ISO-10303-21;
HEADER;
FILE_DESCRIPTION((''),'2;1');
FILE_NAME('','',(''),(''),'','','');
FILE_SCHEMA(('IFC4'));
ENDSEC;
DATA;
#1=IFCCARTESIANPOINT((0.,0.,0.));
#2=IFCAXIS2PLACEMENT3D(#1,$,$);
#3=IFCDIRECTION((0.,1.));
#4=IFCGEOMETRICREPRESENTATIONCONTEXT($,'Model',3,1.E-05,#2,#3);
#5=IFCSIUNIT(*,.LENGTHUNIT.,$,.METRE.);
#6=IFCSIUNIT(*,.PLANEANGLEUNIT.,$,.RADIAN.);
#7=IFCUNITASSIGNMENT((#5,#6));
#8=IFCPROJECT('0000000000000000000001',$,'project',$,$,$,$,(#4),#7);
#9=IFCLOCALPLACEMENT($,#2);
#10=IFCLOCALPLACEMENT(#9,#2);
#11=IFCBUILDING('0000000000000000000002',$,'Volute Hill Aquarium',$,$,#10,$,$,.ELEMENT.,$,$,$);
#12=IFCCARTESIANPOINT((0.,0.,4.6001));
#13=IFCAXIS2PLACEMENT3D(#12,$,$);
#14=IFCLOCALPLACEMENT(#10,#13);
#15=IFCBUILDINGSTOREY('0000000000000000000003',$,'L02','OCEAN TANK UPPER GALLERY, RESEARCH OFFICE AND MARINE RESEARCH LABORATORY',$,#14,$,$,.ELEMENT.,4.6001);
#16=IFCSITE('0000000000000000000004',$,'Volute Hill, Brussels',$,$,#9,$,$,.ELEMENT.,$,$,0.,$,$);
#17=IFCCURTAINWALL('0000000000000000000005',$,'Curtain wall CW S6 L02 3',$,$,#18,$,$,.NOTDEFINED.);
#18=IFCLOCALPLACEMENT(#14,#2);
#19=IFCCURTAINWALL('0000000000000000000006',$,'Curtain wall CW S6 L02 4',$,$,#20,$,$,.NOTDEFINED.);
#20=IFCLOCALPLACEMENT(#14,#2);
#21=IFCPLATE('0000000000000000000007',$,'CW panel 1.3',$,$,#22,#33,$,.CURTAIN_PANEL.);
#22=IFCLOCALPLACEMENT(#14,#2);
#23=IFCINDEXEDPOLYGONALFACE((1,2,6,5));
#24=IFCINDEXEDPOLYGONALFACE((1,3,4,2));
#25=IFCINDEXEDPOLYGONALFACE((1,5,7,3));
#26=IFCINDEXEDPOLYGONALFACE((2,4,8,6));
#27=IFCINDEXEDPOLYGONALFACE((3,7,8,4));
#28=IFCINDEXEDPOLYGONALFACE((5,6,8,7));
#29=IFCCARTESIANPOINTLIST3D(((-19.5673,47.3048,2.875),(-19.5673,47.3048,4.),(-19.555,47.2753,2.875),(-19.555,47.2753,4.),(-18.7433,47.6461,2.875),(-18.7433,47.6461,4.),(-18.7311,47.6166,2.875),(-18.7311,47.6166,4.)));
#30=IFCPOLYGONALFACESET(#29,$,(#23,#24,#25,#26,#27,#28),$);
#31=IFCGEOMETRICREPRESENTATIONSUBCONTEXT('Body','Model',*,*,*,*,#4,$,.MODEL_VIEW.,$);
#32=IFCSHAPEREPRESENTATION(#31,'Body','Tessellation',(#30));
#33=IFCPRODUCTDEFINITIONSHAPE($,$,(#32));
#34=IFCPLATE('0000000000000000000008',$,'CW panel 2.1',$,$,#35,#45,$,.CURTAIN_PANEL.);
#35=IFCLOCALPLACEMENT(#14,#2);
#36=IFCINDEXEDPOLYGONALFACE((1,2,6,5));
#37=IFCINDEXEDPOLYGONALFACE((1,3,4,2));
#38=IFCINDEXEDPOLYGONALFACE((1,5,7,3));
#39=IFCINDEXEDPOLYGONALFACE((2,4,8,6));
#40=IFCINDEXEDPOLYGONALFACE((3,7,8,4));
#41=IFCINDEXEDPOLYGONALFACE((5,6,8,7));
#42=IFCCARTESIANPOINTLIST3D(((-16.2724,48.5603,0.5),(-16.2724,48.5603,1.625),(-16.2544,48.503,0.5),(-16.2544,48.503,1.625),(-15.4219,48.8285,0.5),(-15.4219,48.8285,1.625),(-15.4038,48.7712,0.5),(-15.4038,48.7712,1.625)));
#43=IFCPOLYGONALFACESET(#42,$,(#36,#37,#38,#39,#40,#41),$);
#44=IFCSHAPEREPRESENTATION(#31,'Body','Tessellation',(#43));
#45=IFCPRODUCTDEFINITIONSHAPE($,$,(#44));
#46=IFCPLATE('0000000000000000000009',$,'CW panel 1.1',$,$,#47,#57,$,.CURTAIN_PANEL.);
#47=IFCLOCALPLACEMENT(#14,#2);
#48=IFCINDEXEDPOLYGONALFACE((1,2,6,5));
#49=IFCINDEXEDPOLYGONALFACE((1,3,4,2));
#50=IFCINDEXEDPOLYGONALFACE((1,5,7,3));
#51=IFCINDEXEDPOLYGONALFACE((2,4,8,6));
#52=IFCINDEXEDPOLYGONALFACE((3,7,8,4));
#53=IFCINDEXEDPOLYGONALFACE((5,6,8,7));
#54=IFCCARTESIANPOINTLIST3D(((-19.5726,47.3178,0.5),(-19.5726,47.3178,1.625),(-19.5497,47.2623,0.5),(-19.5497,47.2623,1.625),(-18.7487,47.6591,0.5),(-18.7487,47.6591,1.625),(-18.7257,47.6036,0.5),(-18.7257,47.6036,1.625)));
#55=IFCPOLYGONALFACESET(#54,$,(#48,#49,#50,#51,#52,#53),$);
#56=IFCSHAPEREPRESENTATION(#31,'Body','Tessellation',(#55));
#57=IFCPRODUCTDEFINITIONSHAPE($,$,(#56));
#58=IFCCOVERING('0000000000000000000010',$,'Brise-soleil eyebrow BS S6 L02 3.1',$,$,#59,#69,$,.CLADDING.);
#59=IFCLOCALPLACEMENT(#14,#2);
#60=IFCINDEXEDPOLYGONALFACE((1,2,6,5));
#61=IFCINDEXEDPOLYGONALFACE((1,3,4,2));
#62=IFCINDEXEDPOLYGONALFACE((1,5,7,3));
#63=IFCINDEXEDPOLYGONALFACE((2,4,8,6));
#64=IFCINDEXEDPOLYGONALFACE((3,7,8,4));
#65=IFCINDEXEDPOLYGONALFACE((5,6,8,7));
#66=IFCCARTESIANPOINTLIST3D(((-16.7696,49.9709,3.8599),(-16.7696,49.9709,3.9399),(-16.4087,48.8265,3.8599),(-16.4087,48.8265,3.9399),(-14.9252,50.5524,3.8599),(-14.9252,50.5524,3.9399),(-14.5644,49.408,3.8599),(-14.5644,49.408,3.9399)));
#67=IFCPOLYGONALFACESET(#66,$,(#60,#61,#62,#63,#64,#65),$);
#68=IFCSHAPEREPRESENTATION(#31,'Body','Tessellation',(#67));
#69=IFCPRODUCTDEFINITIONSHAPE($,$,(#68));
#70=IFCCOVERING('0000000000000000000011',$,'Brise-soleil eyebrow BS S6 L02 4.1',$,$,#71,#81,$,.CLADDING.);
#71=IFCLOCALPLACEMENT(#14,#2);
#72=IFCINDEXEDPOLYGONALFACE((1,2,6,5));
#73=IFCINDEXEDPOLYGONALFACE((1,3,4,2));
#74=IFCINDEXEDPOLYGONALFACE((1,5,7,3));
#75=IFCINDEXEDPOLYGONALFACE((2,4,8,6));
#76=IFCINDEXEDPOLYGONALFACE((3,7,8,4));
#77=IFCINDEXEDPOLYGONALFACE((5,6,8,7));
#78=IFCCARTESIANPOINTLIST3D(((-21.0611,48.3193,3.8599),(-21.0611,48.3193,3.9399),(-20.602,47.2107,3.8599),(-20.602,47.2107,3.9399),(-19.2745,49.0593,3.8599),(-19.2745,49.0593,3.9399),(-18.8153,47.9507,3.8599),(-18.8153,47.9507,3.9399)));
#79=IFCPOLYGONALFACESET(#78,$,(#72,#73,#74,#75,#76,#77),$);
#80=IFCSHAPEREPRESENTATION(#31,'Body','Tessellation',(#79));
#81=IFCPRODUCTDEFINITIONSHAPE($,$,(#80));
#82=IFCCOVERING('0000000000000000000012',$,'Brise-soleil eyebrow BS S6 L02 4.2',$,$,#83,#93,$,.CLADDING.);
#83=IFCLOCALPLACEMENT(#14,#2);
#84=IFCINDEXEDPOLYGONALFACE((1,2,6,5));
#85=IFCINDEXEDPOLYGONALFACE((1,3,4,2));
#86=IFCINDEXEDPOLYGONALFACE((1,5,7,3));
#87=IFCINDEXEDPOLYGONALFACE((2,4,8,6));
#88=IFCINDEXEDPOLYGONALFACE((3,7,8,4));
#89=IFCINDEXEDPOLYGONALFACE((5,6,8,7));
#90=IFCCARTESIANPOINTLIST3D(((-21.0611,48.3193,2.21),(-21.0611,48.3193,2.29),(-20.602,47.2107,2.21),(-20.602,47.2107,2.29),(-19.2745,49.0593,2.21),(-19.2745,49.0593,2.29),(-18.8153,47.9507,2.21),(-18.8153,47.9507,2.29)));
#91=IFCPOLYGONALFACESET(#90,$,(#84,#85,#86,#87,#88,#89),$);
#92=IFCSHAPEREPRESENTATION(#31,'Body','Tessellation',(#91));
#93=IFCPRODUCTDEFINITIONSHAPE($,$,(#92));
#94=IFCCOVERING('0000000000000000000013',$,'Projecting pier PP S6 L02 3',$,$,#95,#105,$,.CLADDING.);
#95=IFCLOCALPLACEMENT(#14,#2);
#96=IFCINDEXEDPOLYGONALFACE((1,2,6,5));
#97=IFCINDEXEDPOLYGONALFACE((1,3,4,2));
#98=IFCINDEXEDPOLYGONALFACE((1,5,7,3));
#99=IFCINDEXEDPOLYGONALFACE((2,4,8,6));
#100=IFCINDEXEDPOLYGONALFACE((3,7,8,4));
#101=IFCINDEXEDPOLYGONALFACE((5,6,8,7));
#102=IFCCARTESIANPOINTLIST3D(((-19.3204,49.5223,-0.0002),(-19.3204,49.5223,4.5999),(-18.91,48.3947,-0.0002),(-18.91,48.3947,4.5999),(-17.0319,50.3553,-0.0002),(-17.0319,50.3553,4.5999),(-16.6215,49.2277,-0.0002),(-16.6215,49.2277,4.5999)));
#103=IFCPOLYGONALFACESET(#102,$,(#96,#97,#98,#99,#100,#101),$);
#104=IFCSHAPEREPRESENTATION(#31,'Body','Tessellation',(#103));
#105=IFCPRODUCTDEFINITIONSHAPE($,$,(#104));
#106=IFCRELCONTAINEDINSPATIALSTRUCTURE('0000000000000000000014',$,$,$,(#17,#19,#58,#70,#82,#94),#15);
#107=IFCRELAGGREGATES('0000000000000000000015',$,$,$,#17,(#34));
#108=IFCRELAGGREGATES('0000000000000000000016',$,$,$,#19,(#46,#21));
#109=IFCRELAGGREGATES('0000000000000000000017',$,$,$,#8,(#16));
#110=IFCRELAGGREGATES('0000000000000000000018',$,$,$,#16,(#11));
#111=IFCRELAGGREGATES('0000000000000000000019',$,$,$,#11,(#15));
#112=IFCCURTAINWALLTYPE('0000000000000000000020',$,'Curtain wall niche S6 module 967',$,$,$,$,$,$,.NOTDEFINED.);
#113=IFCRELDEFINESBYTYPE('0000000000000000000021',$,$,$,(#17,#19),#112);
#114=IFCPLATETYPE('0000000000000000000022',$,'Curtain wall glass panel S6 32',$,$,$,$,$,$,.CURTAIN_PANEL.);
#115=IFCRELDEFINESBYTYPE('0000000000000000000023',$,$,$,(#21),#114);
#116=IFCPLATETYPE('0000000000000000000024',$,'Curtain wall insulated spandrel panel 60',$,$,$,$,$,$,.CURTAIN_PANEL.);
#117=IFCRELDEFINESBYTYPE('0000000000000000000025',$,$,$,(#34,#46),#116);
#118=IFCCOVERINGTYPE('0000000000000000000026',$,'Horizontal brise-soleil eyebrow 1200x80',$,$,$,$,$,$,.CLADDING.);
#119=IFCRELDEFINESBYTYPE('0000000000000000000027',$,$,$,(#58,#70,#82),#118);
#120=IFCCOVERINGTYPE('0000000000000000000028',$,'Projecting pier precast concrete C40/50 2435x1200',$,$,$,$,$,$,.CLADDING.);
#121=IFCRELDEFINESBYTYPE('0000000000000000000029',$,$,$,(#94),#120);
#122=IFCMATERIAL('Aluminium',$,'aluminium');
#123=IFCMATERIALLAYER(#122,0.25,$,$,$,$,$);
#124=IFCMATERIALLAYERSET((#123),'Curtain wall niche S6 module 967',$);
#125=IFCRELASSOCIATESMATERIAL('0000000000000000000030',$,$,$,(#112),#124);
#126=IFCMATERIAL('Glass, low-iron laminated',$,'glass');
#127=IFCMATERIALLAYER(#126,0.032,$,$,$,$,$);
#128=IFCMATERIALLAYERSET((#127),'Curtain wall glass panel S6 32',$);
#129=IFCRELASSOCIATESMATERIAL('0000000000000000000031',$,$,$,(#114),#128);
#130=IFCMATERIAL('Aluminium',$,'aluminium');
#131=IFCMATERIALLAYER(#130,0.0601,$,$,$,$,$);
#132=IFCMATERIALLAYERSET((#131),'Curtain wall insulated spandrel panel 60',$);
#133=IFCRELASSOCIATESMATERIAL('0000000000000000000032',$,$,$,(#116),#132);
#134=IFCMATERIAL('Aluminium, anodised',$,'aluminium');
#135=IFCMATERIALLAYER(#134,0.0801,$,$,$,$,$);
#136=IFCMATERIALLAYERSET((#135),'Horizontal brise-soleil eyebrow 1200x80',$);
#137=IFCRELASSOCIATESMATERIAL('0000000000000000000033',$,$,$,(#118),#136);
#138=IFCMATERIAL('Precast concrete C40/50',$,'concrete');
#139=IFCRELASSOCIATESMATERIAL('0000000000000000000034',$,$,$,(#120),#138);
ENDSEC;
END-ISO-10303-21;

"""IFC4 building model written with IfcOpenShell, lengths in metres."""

from ifc_helpers import new_model, si_unit, direction, frame, origin, origin_2d, place, context, subcontext, project, spatial, rectangle, extrude, material, layer, layer_set, type_object, element, aggregate, save


model = new_model("IFC4")

# Units and contexts
model_context = context("Model", 3, precision=1e-05, world=origin(), true_north=direction((0.0, 1.0)))
body_context = subcontext(model_context, "Body", "Model", "MODEL_VIEW")
ifc_project = project(units=[si_unit("LENGTHUNIT", "METRE"), si_unit("PLANEANGLEUNIT", "RADIAN")], contexts=[model_context])

# Site, building, storey
site_placement = place(None, origin())
site = spatial("IfcSite", under=ifc_project, at=site_placement, Name="Volute Hill, Brussels", CompositionType="ELEMENT", RefElevation=0.0)
building_placement = place(site_placement, origin())
building = spatial("IfcBuilding", under=site, at=building_placement, Name="Volute Hill Aquarium", CompositionType="ELEMENT")
storey_placement = place(building_placement, frame((0.0, 0.0, 4.6001)))
storey = spatial("IfcBuildingStorey", under=building, at=storey_placement, Name="L02", Description="OCEAN TANK UPPER GALLERY, RESEARCH OFFICE AND MARINE RESEARCH LABORATORY", CompositionType="ELEMENT", Elevation=4.6001)

# Curtain wall
ifc_material_1 = material(Name="Aluminium", Category="aluminium")
ifc_layer_1 = layer(ifc_material_1, 0.25)
ifc_layer_set_1 = layer_set([ifc_layer_1], Name="Curtain wall niche S6 module 967")
curtain_wall_type = type_object("IfcCurtainWallType", Name="Curtain wall niche S6 module 967", PredefinedType="NOTDEFINED", material=ifc_layer_set_1)
curtain_wall_1_placement = place(storey_placement, origin())
curtain_wall_1 = element("IfcCurtainWall", 1, at=curtain_wall_1_placement, inside=storey, type_object=curtain_wall_type, Name="Curtain wall CW S6 L02 3", PredefinedType="NOTDEFINED")

# Curtain wall
curtain_wall_2_placement = place(storey_placement, origin())
curtain_wall_2 = element("IfcCurtainWall", 2, at=curtain_wall_2_placement, inside=storey, type_object=curtain_wall_type, Name="Curtain wall CW S6 L02 4", PredefinedType="NOTDEFINED")

# Plates
ifc_material_2 = material(Name="Glass, low-iron laminated", Category="glass")
ifc_layer_2 = layer(ifc_material_2, 0.032)
ifc_layer_set_2 = layer_set([ifc_layer_2], Name="Curtain wall glass panel S6 32")
plate_type_1 = type_object("IfcPlateType", Name="Curtain wall glass panel S6 32", PredefinedType="CURTAIN_PANEL", material=ifc_layer_set_2)
plate_1_placement = place(storey_placement, frame((-19.1492, 47.4607, 2.875), z_axis=(0.0, 0.0, 1.0), x_axis=(-0.923881, -0.38268, 0.0)))
plate_1 = element("IfcPlate", 3, at=plate_1_placement, type_object=plate_type_1, Name="CW panel 1.3", PredefinedType="CURTAIN_PANEL", context=body_context, shape_type="SweptSolid", body=[
    extrude(rectangle(XDim=0.8918, YDim=0.032, at=origin_2d()), origin(), (0.0, 0.0, 1.0), 1.125),
])
ifc_material_3 = material(Name="Aluminium", Category="aluminium")
ifc_layer_3 = layer(ifc_material_3, 0.0601)
ifc_layer_set_3 = layer_set([ifc_layer_3], Name="Curtain wall insulated spandrel panel 60")
plate_type_2 = type_object("IfcPlateType", Name="Curtain wall insulated spandrel panel 60", PredefinedType="CURTAIN_PANEL", material=ifc_layer_set_3)
plate_2_placement = place(storey_placement, frame((-15.8381, 48.6658, 0.5), z_axis=(0.0, 0.0, 1.0), x_axis=(-0.953717, -0.300706, 0.0)))
plate_2 = element("IfcPlate", 4, at=plate_2_placement, type_object=plate_type_2, Name="CW panel 2.1", PredefinedType="CURTAIN_PANEL", context=body_context, shape_type="SweptSolid", body=[
    extrude(rectangle(XDim=0.8918, YDim=0.0601, at=origin_2d()), origin(), (0.0, 0.0, 1.0), 1.125),
])
aggregate(curtain_wall_1, [plate_2])
plate_3_placement = place(storey_placement, frame((-19.1492, 47.4607, 0.5), z_axis=(0.0, 0.0, 1.0), x_axis=(-0.923881, -0.38268, 0.0)))
plate_3 = element("IfcPlate", 5, at=plate_3_placement, type_object=plate_type_2, Name="CW panel 1.1", PredefinedType="CURTAIN_PANEL", context=body_context, shape_type="SweptSolid", body=[
    extrude(rectangle(XDim=0.8918, YDim=0.0601, at=origin_2d()), origin(), (0.0, 0.0, 1.0), 1.125),
])
aggregate(curtain_wall_2, [plate_3, plate_1])

# Coverings
ifc_material_4 = material(Name="Aluminium, anodised", Category="aluminium")
ifc_layer_4 = layer(ifc_material_4, 0.0801)
ifc_layer_set_4 = layer_set([ifc_layer_4], Name="Horizontal brise-soleil eyebrow 1200x80")
covering_type_1 = type_object("IfcCoveringType", Name="Horizontal brise-soleil eyebrow 1200x80", PredefinedType="CLADDING", material=ifc_layer_set_4)
for number, where, z_axis, x_axis, name in (
    (6, (-15.667, 49.6895, 3.8599), (0.0, 0.0, 1.0), (-0.953718, -0.300702, 0.0), "Brise-soleil eyebrow BS S6 L02 3.1"),
    (7, (-19.9382, 48.135, 3.8599), (0.0, 0.0, 1.0), (-0.923881, -0.38268, 0.0), "Brise-soleil eyebrow BS S6 L02 4.1"),
    (8, (-19.9382, 48.135, 2.21), (0.0, 0.0, 1.0), (-0.923881, -0.38268, 0.0), "Brise-soleil eyebrow BS S6 L02 4.2"),
):
    element("IfcCovering", number, at=place(storey_placement, frame(where, z_axis=z_axis, x_axis=x_axis)), inside=storey, type_object=covering_type_1, Name=name, PredefinedType="CLADDING", context=body_context, shape_type="SweptSolid", body=[
        extrude(rectangle(XDim=1.9338, YDim=1.2, at=origin_2d()), origin(), (0.0, 0.0, 1.0), 0.0801),
    ])
ifc_material_5 = material(Name="Precast concrete C40/50", Category="concrete")
covering_type_2 = type_object("IfcCoveringType", Name="Projecting pier precast concrete C40/50 2435x1200", PredefinedType="CLADDING", material=ifc_material_5)
covering_placement = place(storey_placement, frame((-17.9709, 49.375, -0.0002), z_axis=(0.0, 0.0, 1.0), x_axis=(-0.939693, -0.34202, 0.0)))
element("IfcCovering", 9, at=covering_placement, inside=storey, type_object=covering_type_2, Name="Projecting pier PP S6 L02 3", PredefinedType="CLADDING", context=body_context, shape_type="SweptSolid", body=[
    extrude(rectangle(XDim=2.4353, YDim=1.2, at=origin_2d()), origin(), (0.0, 0.0, 1.0), 4.6001),
])

save(model, "model.ifc")
